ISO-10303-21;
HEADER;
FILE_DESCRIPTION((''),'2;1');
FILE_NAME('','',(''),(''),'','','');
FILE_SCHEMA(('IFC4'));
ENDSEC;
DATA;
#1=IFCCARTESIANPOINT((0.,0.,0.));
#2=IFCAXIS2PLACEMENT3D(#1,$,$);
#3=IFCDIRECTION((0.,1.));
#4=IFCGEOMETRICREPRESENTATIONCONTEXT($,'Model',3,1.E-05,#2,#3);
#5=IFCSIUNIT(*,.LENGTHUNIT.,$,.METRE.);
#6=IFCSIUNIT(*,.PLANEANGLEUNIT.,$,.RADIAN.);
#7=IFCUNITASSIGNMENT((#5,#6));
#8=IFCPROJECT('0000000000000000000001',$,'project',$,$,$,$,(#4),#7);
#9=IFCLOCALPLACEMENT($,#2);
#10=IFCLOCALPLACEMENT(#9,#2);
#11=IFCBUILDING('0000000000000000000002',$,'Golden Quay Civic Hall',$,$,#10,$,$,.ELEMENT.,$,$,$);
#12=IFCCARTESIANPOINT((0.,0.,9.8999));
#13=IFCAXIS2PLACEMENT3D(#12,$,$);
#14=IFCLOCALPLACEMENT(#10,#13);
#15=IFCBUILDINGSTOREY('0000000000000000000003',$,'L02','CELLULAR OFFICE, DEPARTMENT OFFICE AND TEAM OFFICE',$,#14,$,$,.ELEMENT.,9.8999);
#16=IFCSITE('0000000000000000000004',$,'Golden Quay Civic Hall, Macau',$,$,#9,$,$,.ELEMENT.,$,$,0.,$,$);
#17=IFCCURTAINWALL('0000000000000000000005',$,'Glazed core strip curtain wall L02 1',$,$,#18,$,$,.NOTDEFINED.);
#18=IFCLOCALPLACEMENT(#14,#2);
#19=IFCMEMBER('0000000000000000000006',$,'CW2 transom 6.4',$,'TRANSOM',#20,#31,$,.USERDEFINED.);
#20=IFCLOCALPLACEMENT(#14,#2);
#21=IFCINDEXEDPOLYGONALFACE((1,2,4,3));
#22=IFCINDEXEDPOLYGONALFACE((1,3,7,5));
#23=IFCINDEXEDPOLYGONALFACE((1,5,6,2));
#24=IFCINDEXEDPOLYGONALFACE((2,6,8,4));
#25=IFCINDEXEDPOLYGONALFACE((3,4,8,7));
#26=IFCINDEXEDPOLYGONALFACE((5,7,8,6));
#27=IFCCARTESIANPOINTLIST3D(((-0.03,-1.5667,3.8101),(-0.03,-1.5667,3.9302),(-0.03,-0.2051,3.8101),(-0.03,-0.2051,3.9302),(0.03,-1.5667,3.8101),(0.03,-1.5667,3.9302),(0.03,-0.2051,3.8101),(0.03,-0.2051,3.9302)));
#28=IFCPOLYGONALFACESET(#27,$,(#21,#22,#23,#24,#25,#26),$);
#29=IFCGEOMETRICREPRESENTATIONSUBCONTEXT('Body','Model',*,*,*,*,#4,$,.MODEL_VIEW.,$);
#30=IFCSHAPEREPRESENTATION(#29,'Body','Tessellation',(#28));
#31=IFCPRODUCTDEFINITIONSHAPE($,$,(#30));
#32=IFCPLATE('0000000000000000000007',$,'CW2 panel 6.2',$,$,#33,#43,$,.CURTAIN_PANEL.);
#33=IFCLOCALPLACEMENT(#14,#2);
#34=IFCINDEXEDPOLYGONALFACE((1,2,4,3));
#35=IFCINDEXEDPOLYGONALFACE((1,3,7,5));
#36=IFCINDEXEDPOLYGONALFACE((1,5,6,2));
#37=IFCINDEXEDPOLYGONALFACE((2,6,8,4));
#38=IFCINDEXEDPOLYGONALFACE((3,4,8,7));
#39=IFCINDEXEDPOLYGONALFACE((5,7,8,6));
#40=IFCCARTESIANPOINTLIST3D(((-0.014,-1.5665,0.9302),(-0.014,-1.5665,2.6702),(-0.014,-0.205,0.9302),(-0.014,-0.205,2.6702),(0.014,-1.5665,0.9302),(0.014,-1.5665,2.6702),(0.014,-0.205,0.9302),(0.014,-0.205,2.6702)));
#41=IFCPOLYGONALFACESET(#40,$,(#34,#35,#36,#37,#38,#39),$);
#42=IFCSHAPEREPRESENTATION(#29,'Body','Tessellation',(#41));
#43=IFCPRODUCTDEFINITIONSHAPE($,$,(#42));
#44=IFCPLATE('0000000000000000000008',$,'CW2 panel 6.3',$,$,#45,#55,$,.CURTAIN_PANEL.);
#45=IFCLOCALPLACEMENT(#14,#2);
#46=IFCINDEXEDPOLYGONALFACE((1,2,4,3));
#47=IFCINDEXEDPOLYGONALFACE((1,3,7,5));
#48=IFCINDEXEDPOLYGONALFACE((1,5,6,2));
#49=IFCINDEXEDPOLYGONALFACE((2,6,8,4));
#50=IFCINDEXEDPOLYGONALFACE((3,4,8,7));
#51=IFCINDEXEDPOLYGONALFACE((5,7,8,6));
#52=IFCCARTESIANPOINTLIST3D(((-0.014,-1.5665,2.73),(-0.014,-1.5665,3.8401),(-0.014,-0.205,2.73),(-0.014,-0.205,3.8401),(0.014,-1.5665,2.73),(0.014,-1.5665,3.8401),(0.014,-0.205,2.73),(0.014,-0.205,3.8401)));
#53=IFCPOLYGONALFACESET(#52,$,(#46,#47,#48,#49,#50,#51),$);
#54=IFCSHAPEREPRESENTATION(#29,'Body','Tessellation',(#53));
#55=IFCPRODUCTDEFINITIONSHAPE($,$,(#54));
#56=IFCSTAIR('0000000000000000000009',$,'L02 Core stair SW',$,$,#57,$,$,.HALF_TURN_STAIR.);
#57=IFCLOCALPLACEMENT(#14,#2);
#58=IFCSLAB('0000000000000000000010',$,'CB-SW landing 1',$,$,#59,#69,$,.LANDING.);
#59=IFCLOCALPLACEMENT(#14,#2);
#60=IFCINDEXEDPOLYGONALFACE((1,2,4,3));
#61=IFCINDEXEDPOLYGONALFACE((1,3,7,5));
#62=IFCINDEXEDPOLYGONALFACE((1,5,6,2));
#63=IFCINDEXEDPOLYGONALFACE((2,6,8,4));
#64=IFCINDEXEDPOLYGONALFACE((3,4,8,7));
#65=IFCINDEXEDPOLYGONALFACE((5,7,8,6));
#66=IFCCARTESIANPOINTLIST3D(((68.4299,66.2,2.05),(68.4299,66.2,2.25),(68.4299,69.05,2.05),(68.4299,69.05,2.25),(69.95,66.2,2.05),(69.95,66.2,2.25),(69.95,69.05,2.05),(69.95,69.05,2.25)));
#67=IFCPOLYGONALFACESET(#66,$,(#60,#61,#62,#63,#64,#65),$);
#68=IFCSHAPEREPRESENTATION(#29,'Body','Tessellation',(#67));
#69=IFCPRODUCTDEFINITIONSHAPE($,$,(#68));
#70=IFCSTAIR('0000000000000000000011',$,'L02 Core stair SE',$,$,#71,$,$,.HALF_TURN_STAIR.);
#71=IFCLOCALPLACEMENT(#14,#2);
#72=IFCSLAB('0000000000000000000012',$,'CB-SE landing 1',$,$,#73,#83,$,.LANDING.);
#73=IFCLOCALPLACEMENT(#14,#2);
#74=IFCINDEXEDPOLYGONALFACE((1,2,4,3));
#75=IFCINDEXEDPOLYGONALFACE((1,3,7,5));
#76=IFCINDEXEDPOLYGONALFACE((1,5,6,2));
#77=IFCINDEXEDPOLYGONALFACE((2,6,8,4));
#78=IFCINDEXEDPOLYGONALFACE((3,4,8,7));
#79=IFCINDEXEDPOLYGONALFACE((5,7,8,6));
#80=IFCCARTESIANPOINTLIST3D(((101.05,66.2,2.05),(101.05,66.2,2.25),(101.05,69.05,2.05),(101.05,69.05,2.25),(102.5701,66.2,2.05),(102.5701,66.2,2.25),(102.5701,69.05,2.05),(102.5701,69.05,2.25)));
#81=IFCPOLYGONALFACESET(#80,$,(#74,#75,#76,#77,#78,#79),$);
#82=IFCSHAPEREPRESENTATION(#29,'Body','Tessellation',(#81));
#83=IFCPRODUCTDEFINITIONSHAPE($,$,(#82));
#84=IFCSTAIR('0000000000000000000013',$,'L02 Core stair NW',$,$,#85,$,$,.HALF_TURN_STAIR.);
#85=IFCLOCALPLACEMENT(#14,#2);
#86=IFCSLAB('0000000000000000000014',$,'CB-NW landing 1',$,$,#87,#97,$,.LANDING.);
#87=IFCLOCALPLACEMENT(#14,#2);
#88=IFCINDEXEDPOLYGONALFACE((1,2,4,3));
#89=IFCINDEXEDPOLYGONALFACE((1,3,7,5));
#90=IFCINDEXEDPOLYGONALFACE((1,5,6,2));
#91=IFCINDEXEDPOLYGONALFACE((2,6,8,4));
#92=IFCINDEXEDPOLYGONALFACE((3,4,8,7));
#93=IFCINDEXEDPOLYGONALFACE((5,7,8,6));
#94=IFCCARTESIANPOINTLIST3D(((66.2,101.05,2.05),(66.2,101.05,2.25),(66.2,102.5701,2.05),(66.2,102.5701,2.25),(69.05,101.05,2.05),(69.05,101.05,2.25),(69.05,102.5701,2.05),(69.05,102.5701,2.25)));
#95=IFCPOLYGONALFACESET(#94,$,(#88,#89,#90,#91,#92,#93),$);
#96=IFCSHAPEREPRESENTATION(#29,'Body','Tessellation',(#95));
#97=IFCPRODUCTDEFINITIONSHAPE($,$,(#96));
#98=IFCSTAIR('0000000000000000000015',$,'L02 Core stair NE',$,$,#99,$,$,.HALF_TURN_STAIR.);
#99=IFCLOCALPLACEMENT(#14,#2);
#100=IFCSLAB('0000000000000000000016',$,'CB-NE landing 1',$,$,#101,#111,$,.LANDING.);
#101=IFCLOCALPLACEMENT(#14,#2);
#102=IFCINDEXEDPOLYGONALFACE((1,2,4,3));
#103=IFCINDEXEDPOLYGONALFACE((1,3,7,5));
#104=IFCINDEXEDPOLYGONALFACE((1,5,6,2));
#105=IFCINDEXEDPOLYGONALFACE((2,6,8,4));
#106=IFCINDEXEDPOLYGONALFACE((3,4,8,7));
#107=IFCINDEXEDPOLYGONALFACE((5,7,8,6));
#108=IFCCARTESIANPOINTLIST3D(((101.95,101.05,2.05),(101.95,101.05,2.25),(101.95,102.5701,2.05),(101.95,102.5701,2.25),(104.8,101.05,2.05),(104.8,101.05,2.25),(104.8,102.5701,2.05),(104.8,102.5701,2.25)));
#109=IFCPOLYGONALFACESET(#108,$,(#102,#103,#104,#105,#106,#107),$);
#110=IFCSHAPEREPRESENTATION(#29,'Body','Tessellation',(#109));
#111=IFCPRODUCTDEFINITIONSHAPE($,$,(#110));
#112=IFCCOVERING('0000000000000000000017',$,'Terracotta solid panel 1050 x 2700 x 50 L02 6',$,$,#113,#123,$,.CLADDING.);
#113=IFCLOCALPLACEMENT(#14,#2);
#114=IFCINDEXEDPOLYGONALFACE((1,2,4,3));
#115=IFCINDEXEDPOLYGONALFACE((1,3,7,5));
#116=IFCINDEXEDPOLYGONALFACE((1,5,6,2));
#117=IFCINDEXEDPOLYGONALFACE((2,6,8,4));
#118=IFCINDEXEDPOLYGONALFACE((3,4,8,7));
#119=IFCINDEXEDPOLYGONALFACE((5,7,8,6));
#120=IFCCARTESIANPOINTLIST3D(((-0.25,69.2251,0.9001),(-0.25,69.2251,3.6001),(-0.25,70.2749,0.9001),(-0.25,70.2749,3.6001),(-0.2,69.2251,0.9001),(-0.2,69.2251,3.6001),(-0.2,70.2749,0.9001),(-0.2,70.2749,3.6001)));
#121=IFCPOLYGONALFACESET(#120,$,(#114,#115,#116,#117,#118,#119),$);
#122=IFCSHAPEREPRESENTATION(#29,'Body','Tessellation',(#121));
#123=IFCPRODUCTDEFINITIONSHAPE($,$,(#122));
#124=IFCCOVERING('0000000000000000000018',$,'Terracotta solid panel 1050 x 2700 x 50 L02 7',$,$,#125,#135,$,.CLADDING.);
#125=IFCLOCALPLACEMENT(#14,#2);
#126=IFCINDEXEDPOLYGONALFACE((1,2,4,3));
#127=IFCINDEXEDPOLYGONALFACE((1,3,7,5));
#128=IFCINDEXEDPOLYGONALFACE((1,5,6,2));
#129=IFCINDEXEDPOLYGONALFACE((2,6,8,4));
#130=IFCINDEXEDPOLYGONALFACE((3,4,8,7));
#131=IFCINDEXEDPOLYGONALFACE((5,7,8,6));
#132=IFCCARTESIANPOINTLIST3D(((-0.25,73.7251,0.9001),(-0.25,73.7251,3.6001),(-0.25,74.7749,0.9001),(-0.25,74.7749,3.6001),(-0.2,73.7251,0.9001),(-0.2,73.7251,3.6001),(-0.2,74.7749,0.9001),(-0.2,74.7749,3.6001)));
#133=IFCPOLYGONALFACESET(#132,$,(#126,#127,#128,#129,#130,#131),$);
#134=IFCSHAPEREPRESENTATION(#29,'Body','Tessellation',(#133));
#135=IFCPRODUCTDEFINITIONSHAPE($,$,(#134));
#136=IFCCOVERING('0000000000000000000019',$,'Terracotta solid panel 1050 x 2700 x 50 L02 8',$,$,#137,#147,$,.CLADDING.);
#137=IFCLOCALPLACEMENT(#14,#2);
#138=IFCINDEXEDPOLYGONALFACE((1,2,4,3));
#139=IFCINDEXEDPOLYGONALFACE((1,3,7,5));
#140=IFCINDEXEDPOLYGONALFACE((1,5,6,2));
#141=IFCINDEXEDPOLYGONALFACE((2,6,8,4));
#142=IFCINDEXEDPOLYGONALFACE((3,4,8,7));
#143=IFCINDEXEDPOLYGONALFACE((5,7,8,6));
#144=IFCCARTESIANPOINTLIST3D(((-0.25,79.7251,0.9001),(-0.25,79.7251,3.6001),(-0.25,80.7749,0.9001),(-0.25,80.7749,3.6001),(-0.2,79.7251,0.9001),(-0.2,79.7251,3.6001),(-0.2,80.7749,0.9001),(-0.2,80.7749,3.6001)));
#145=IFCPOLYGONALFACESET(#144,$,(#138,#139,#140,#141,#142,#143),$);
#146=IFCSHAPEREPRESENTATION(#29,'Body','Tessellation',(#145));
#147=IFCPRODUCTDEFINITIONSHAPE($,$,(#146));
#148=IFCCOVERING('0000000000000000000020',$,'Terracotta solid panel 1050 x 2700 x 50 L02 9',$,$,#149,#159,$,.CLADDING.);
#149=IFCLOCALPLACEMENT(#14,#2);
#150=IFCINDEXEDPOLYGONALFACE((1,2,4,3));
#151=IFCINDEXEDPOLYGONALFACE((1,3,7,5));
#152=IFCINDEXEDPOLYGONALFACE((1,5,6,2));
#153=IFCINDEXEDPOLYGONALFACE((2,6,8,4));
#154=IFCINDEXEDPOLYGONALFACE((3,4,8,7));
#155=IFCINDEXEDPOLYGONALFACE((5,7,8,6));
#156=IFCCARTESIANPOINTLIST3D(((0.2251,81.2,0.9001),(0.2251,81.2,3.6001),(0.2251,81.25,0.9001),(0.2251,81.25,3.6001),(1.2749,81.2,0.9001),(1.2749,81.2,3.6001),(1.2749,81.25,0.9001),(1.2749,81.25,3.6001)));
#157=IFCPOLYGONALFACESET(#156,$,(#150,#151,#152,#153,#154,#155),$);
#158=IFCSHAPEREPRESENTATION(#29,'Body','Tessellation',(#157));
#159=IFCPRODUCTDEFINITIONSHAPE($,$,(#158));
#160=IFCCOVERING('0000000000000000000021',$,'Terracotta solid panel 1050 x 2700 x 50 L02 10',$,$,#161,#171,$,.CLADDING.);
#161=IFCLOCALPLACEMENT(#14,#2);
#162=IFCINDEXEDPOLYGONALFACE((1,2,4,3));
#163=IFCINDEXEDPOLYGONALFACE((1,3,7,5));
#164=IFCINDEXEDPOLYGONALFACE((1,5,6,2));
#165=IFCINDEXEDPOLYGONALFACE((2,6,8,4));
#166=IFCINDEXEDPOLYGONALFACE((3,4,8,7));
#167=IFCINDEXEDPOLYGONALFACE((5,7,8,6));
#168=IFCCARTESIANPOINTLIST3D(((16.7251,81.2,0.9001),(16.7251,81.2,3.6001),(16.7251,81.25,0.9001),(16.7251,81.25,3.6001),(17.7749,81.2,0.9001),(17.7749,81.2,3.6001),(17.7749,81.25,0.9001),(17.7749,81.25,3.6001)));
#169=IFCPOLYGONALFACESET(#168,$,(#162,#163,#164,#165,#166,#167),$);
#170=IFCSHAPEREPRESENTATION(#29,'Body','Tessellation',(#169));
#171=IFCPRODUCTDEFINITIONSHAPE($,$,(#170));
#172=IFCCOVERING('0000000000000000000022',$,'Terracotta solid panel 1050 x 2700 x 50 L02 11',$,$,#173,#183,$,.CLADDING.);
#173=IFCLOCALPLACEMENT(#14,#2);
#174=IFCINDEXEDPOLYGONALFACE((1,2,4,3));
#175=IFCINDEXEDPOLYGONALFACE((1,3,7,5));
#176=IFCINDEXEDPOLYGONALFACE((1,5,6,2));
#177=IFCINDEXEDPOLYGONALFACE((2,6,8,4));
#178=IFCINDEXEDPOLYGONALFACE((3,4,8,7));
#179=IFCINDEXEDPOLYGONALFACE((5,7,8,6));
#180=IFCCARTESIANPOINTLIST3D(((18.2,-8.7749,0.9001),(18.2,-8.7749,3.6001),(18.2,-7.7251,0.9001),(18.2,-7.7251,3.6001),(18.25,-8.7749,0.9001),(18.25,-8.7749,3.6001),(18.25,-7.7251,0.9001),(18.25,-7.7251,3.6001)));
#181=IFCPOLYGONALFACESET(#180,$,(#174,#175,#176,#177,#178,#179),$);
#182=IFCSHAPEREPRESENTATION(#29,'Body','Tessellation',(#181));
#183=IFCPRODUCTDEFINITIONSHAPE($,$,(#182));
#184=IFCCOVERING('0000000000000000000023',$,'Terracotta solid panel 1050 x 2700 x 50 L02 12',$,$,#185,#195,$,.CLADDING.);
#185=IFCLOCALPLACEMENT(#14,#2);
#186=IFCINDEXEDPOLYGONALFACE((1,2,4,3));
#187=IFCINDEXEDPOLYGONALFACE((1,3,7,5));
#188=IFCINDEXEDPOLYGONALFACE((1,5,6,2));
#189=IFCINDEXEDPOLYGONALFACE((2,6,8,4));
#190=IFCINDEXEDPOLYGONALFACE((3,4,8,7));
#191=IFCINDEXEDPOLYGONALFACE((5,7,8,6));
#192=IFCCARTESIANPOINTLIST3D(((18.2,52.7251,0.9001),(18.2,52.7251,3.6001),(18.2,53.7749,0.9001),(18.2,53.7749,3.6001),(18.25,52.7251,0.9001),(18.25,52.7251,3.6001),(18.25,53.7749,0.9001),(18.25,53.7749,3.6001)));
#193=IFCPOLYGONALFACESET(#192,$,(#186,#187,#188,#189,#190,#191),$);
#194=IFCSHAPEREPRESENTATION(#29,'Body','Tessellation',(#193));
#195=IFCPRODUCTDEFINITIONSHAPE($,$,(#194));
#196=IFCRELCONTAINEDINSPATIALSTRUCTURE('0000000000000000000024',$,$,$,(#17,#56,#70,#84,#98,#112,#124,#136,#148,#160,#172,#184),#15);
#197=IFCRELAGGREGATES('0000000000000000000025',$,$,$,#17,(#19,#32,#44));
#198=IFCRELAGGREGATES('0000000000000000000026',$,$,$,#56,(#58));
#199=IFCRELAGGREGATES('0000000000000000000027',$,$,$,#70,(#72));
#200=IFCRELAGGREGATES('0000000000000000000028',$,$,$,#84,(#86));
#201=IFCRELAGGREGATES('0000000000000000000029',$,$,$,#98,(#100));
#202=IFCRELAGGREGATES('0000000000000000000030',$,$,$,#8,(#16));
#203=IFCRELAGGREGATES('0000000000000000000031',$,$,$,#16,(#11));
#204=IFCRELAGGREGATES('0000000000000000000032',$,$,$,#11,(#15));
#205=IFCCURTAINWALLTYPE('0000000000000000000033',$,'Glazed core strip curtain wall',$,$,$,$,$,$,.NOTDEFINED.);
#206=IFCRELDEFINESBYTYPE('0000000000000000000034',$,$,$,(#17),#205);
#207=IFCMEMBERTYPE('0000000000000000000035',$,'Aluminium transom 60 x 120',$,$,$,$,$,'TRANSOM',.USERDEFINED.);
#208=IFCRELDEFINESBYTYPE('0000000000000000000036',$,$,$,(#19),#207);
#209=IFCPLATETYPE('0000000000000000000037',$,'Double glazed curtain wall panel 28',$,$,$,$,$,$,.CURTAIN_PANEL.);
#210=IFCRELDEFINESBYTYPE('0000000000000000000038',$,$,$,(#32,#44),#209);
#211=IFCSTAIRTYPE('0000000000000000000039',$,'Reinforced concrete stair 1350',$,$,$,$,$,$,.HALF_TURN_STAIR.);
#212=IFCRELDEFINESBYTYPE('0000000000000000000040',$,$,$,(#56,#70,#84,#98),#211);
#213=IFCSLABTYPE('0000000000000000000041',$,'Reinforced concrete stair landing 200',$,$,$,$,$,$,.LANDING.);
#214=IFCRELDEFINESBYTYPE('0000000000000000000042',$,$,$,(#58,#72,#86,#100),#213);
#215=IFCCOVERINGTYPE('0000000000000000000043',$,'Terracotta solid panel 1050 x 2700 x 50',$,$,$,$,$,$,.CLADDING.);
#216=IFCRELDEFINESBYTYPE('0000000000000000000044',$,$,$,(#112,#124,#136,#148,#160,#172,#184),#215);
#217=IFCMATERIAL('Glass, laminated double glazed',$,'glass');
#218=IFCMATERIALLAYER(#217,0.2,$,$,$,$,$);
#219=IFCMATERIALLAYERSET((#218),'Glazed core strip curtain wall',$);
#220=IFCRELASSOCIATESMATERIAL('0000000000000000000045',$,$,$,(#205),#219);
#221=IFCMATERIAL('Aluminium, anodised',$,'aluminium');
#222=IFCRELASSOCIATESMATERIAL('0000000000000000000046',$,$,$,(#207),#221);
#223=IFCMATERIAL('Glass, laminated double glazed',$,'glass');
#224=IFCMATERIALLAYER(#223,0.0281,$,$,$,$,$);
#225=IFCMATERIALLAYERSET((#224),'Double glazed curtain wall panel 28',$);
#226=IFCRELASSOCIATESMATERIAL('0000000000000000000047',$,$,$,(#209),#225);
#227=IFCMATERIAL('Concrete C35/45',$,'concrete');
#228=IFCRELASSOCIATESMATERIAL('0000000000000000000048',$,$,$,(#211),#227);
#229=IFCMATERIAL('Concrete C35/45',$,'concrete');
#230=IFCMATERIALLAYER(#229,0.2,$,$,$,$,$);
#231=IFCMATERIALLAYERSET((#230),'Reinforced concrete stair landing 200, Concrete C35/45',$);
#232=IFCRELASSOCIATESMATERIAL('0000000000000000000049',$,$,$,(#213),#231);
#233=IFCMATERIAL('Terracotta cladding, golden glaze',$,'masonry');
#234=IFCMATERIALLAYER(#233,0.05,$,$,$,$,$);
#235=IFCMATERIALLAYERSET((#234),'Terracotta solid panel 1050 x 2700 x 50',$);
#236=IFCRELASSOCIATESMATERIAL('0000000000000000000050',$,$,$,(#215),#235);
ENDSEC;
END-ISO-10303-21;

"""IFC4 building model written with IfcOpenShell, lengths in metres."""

from ifc_helpers import new_model, si_unit, direction, frame, origin, origin_2d, place, context, subcontext, project, spatial, polyline, rectangle, outline, extrude, material, layer, layer_set, material_profile, profile_set, type_object, element, aggregate, save


model = new_model("IFC4")

# Units and contexts
model_context = context("Model", 3, precision=1e-05, world=origin(), true_north=direction((0.0, 1.0)))
body_context = subcontext(model_context, "Body", "Model", "MODEL_VIEW")
ifc_project = project(units=[si_unit("LENGTHUNIT", "METRE"), si_unit("PLANEANGLEUNIT", "RADIAN")], contexts=[model_context])

# Site, building, storey
site_placement = place(None, origin())
site = spatial("IfcSite", under=ifc_project, at=site_placement, Name="Golden Quay Civic Hall, Macau", CompositionType="ELEMENT", RefElevation=0.0)
building_placement = place(site_placement, origin())
building = spatial("IfcBuilding", under=site, at=building_placement, Name="Golden Quay Civic Hall", CompositionType="ELEMENT")
storey_placement = place(building_placement, frame((0.0, 0.0, 9.8999)))
storey = spatial("IfcBuildingStorey", under=building, at=storey_placement, Name="L02", Description="CELLULAR OFFICE, DEPARTMENT OFFICE AND TEAM OFFICE", CompositionType="ELEMENT", Elevation=9.8999)

# Curtain wall, member, plates
ifc_material_1 = material(Name="Glass, laminated double glazed", Category="glass")
ifc_layer_1 = layer(ifc_material_1, 0.2)
ifc_layer_set_1 = layer_set([ifc_layer_1], Name="Glazed core strip curtain wall")
curtain_wall_type = type_object("IfcCurtainWallType", Name="Glazed core strip curtain wall", PredefinedType="NOTDEFINED", material=ifc_layer_set_1)
curtain_wall_placement = place(storey_placement, origin())
curtain_wall = element("IfcCurtainWall", 1, at=curtain_wall_placement, inside=storey, type_object=curtain_wall_type, Name="Glazed core strip curtain wall L02 1", PredefinedType="NOTDEFINED")
ifc_material_2 = material(Name="Aluminium, anodised", Category="aluminium")
ifc_material_profile = material_profile(ifc_material_2, rectangle(XDim=0.0601, YDim=0.1201, at=origin_2d()), Name="Aluminium 60 x 120")
ifc_profile_set = profile_set([ifc_material_profile], Name="Aluminium, anodised")
member_type = type_object("IfcMemberType", Name="Aluminium transom 60 x 120", ElementType="TRANSOM", PredefinedType="USERDEFINED", material=ifc_profile_set)
member_placement = place(storey_placement, frame((0.0, -1.5667, 3.8701), z_axis=(0.0, 1.0, 0.0), x_axis=(-1.0, 0.0, 0.0)))
member = element("IfcMember", 2, at=member_placement, type_object=member_type, Name="CW2 transom 6.4", ObjectType="TRANSOM", PredefinedType="USERDEFINED", context=body_context, shape_type="SweptSolid", body=[
    extrude(rectangle(XDim=0.0601, YDim=0.1201, at=origin_2d()), origin(), (0.0, 0.0, 1.0), 1.3616),
])
ifc_material_3 = material(Name="Glass, laminated double glazed", Category="glass")
ifc_layer_2 = layer(ifc_material_3, 0.0281)
ifc_layer_set_2 = layer_set([ifc_layer_2], Name="Double glazed curtain wall panel 28")
plate_type = type_object("IfcPlateType", Name="Double glazed curtain wall panel 28", PredefinedType="CURTAIN_PANEL", material=ifc_layer_set_2)
plate_1_placement = place(storey_placement, frame((0.0, -0.8857, 0.9302), z_axis=(0.0, 0.0, 1.0), x_axis=(0.0, 1.0, 0.0)))
plate_1 = element("IfcPlate", 3, at=plate_1_placement, type_object=plate_type, Name="CW2 panel 6.2", PredefinedType="CURTAIN_PANEL", context=body_context, shape_type="SweptSolid", body=[
    extrude(rectangle(XDim=1.3616, YDim=0.0281, at=origin_2d()), origin(), (0.0, 0.0, 1.0), 1.74),
])
plate_2_placement = place(storey_placement, frame((0.0, -0.8857, 2.73), z_axis=(0.0, 0.0, 1.0), x_axis=(0.0, 1.0, 0.0)))
plate_2 = element("IfcPlate", 4, at=plate_2_placement, type_object=plate_type, Name="CW2 panel 6.3", PredefinedType="CURTAIN_PANEL", context=body_context, shape_type="SweptSolid", body=[
    extrude(rectangle(XDim=1.3616, YDim=0.0281, at=origin_2d()), origin(), (0.0, 0.0, 1.0), 1.1101),
])
aggregate(curtain_wall, [member, plate_1, plate_2])

# Stairs, slabs
ifc_material_4 = material(Name="Concrete C35/45", Category="concrete")
stair_type = type_object("IfcStairType", Name="Reinforced concrete stair 1350", PredefinedType="HALF_TURN_STAIR", material=ifc_material_4)
stair_1_placement = place(storey_placement, origin())
stair_1 = element("IfcStair", 5, at=stair_1_placement, inside=storey, type_object=stair_type, Name="L02 Core stair SW", PredefinedType="HALF_TURN_STAIR")
ifc_material_5 = material(Name="Concrete C35/45", Category="concrete")
ifc_layer_3 = layer(ifc_material_5, 0.2)
ifc_layer_set_3 = layer_set([ifc_layer_3], Name="Reinforced concrete stair landing 200, Concrete C35/45")
slab_type = type_object("IfcSlabType", Name="Reinforced concrete stair landing 200", PredefinedType="LANDING", material=ifc_layer_set_3)
slab_1_placement = place(storey_placement, frame((0.0, 0.0, 2.05)))
slab_1 = element("IfcSlab", 6, at=slab_1_placement, type_object=slab_type, Name="CB-SW landing 1", PredefinedType="LANDING", context=body_context, shape_type="SweptSolid", body=[
    extrude(outline(polyline([(68.4299, 66.2), (69.95, 66.2), (69.95, 69.05), (68.4299, 69.05), (68.4299, 66.2)])), origin(), (0.0, 0.0, 1.0), 0.2),
])
aggregate(stair_1, [slab_1])
stair_2_placement = place(storey_placement, origin())
stair_2 = element("IfcStair", 7, at=stair_2_placement, inside=storey, type_object=stair_type, Name="L02 Core stair SE", PredefinedType="HALF_TURN_STAIR")
slab_2_placement = place(storey_placement, frame((0.0, 0.0, 2.05)))
slab_2 = element("IfcSlab", 8, at=slab_2_placement, type_object=slab_type, Name="CB-SE landing 1", PredefinedType="LANDING", context=body_context, shape_type="SweptSolid", body=[
    extrude(outline(polyline([(102.5701, 69.05), (101.05, 69.05), (101.05, 66.2), (102.5701, 66.2), (102.5701, 69.05)])), origin(), (0.0, 0.0, 1.0), 0.2),
])
aggregate(stair_2, [slab_2])
stair_3_placement = place(storey_placement, origin())
stair_3 = element("IfcStair", 9, at=stair_3_placement, inside=storey, type_object=stair_type, Name="L02 Core stair NW", PredefinedType="HALF_TURN_STAIR")
slab_3_placement = place(storey_placement, frame((0.0, 0.0, 2.05)))
slab_3 = element("IfcSlab", 10, at=slab_3_placement, type_object=slab_type, Name="CB-NW landing 1", PredefinedType="LANDING", context=body_context, shape_type="SweptSolid", body=[
    extrude(outline(polyline([(66.2, 102.5701), (66.2, 101.05), (69.05, 101.05), (69.05, 102.5701), (66.2, 102.5701)])), origin(), (0.0, 0.0, 1.0), 0.2),
])
aggregate(stair_3, [slab_3])
stair_4_placement = place(storey_placement, origin())
stair_4 = element("IfcStair", 11, at=stair_4_placement, inside=storey, type_object=stair_type, Name="L02 Core stair NE", PredefinedType="HALF_TURN_STAIR")
slab_4_placement = place(storey_placement, frame((0.0, 0.0, 2.05)))
slab_4 = element("IfcSlab", 12, at=slab_4_placement, type_object=slab_type, Name="CB-NE landing 1", PredefinedType="LANDING", context=body_context, shape_type="SweptSolid", body=[
    extrude(outline(polyline([(101.95, 102.5701), (101.95, 101.05), (104.8, 101.05), (104.8, 102.5701), (101.95, 102.5701)])), origin(), (0.0, 0.0, 1.0), 0.2),
])
aggregate(stair_4, [slab_4])

# Coverings
ifc_material_6 = material(Name="Terracotta cladding, golden glaze", Category="masonry")
ifc_layer_4 = layer(ifc_material_6, 0.05)
ifc_layer_set_4 = layer_set([ifc_layer_4], Name="Terracotta solid panel 1050 x 2700 x 50")
covering_type = type_object("IfcCoveringType", Name="Terracotta solid panel 1050 x 2700 x 50", PredefinedType="CLADDING", material=ifc_layer_set_4)
covering_1_placement = place(storey_placement, frame((0.0, 0.0, 0.9001)))
element("IfcCovering", 13, at=covering_1_placement, inside=storey, type_object=covering_type, Name="Terracotta solid panel 1050 x 2700 x 50 L02 6", PredefinedType="CLADDING", context=body_context, shape_type="SweptSolid", body=[
    extrude(outline(polyline([(-0.2, 69.2251), (-0.2, 70.2749), (-0.25, 70.2749), (-0.25, 69.2251), (-0.2, 69.2251)])), origin(), (0.0, 0.0, 1.0), 2.7),
])
covering_2_placement = place(storey_placement, frame((0.0, 0.0, 0.9001)))
element("IfcCovering", 14, at=covering_2_placement, inside=storey, type_object=covering_type, Name="Terracotta solid panel 1050 x 2700 x 50 L02 7", PredefinedType="CLADDING", context=body_context, shape_type="SweptSolid", body=[
    extrude(outline(polyline([(-0.2, 73.7251), (-0.2, 74.7749), (-0.25, 74.7749), (-0.25, 73.7251), (-0.2, 73.7251)])), origin(), (0.0, 0.0, 1.0), 2.7),
])
covering_3_placement = place(storey_placement, frame((0.0, 0.0, 0.9001)))
element("IfcCovering", 15, at=covering_3_placement, inside=storey, type_object=covering_type, Name="Terracotta solid panel 1050 x 2700 x 50 L02 8", PredefinedType="CLADDING", context=body_context, shape_type="SweptSolid", body=[
    extrude(outline(polyline([(-0.2, 79.7251), (-0.2, 80.7749), (-0.25, 80.7749), (-0.25, 79.7251), (-0.2, 79.7251)])), origin(), (0.0, 0.0, 1.0), 2.7),
])
covering_4_placement = place(storey_placement, frame((0.0, 0.0, 0.9001)))
element("IfcCovering", 16, at=covering_4_placement, inside=storey, type_object=covering_type, Name="Terracotta solid panel 1050 x 2700 x 50 L02 9", PredefinedType="CLADDING", context=body_context, shape_type="SweptSolid", body=[
    extrude(outline(polyline([(0.2251, 81.2), (1.2749, 81.2), (1.2749, 81.25), (0.2251, 81.25), (0.2251, 81.2)])), origin(), (0.0, 0.0, 1.0), 2.7),
])
covering_5_placement = place(storey_placement, frame((0.0, 0.0, 0.9001)))
element("IfcCovering", 17, at=covering_5_placement, inside=storey, type_object=covering_type, Name="Terracotta solid panel 1050 x 2700 x 50 L02 10", PredefinedType="CLADDING", context=body_context, shape_type="SweptSolid", body=[
    extrude(outline(polyline([(16.7251, 81.2), (17.7749, 81.2), (17.7749, 81.25), (16.7251, 81.25), (16.7251, 81.2)])), origin(), (0.0, 0.0, 1.0), 2.7),
])
covering_6_placement = place(storey_placement, frame((0.0, 0.0, 0.9001)))
element("IfcCovering", 18, at=covering_6_placement, inside=storey, type_object=covering_type, Name="Terracotta solid panel 1050 x 2700 x 50 L02 11", PredefinedType="CLADDING", context=body_context, shape_type="SweptSolid", body=[
    extrude(outline(polyline([(18.2, -8.7749), (18.2, -7.7251), (18.25, -7.7251), (18.25, -8.7749), (18.2, -8.7749)])), origin(), (0.0, 0.0, 1.0), 2.7),
])
covering_7_placement = place(storey_placement, frame((0.0, 0.0, 0.9001)))
element("IfcCovering", 19, at=covering_7_placement, inside=storey, type_object=covering_type, Name="Terracotta solid panel 1050 x 2700 x 50 L02 12", PredefinedType="CLADDING", context=body_context, shape_type="SweptSolid", body=[
    extrude(outline(polyline([(18.2, 52.7251), (18.2, 53.7749), (18.25, 53.7749), (18.25, 52.7251), (18.2, 52.7251)])), origin(), (0.0, 0.0, 1.0), 2.7),
])

save(model, "model.ifc")
